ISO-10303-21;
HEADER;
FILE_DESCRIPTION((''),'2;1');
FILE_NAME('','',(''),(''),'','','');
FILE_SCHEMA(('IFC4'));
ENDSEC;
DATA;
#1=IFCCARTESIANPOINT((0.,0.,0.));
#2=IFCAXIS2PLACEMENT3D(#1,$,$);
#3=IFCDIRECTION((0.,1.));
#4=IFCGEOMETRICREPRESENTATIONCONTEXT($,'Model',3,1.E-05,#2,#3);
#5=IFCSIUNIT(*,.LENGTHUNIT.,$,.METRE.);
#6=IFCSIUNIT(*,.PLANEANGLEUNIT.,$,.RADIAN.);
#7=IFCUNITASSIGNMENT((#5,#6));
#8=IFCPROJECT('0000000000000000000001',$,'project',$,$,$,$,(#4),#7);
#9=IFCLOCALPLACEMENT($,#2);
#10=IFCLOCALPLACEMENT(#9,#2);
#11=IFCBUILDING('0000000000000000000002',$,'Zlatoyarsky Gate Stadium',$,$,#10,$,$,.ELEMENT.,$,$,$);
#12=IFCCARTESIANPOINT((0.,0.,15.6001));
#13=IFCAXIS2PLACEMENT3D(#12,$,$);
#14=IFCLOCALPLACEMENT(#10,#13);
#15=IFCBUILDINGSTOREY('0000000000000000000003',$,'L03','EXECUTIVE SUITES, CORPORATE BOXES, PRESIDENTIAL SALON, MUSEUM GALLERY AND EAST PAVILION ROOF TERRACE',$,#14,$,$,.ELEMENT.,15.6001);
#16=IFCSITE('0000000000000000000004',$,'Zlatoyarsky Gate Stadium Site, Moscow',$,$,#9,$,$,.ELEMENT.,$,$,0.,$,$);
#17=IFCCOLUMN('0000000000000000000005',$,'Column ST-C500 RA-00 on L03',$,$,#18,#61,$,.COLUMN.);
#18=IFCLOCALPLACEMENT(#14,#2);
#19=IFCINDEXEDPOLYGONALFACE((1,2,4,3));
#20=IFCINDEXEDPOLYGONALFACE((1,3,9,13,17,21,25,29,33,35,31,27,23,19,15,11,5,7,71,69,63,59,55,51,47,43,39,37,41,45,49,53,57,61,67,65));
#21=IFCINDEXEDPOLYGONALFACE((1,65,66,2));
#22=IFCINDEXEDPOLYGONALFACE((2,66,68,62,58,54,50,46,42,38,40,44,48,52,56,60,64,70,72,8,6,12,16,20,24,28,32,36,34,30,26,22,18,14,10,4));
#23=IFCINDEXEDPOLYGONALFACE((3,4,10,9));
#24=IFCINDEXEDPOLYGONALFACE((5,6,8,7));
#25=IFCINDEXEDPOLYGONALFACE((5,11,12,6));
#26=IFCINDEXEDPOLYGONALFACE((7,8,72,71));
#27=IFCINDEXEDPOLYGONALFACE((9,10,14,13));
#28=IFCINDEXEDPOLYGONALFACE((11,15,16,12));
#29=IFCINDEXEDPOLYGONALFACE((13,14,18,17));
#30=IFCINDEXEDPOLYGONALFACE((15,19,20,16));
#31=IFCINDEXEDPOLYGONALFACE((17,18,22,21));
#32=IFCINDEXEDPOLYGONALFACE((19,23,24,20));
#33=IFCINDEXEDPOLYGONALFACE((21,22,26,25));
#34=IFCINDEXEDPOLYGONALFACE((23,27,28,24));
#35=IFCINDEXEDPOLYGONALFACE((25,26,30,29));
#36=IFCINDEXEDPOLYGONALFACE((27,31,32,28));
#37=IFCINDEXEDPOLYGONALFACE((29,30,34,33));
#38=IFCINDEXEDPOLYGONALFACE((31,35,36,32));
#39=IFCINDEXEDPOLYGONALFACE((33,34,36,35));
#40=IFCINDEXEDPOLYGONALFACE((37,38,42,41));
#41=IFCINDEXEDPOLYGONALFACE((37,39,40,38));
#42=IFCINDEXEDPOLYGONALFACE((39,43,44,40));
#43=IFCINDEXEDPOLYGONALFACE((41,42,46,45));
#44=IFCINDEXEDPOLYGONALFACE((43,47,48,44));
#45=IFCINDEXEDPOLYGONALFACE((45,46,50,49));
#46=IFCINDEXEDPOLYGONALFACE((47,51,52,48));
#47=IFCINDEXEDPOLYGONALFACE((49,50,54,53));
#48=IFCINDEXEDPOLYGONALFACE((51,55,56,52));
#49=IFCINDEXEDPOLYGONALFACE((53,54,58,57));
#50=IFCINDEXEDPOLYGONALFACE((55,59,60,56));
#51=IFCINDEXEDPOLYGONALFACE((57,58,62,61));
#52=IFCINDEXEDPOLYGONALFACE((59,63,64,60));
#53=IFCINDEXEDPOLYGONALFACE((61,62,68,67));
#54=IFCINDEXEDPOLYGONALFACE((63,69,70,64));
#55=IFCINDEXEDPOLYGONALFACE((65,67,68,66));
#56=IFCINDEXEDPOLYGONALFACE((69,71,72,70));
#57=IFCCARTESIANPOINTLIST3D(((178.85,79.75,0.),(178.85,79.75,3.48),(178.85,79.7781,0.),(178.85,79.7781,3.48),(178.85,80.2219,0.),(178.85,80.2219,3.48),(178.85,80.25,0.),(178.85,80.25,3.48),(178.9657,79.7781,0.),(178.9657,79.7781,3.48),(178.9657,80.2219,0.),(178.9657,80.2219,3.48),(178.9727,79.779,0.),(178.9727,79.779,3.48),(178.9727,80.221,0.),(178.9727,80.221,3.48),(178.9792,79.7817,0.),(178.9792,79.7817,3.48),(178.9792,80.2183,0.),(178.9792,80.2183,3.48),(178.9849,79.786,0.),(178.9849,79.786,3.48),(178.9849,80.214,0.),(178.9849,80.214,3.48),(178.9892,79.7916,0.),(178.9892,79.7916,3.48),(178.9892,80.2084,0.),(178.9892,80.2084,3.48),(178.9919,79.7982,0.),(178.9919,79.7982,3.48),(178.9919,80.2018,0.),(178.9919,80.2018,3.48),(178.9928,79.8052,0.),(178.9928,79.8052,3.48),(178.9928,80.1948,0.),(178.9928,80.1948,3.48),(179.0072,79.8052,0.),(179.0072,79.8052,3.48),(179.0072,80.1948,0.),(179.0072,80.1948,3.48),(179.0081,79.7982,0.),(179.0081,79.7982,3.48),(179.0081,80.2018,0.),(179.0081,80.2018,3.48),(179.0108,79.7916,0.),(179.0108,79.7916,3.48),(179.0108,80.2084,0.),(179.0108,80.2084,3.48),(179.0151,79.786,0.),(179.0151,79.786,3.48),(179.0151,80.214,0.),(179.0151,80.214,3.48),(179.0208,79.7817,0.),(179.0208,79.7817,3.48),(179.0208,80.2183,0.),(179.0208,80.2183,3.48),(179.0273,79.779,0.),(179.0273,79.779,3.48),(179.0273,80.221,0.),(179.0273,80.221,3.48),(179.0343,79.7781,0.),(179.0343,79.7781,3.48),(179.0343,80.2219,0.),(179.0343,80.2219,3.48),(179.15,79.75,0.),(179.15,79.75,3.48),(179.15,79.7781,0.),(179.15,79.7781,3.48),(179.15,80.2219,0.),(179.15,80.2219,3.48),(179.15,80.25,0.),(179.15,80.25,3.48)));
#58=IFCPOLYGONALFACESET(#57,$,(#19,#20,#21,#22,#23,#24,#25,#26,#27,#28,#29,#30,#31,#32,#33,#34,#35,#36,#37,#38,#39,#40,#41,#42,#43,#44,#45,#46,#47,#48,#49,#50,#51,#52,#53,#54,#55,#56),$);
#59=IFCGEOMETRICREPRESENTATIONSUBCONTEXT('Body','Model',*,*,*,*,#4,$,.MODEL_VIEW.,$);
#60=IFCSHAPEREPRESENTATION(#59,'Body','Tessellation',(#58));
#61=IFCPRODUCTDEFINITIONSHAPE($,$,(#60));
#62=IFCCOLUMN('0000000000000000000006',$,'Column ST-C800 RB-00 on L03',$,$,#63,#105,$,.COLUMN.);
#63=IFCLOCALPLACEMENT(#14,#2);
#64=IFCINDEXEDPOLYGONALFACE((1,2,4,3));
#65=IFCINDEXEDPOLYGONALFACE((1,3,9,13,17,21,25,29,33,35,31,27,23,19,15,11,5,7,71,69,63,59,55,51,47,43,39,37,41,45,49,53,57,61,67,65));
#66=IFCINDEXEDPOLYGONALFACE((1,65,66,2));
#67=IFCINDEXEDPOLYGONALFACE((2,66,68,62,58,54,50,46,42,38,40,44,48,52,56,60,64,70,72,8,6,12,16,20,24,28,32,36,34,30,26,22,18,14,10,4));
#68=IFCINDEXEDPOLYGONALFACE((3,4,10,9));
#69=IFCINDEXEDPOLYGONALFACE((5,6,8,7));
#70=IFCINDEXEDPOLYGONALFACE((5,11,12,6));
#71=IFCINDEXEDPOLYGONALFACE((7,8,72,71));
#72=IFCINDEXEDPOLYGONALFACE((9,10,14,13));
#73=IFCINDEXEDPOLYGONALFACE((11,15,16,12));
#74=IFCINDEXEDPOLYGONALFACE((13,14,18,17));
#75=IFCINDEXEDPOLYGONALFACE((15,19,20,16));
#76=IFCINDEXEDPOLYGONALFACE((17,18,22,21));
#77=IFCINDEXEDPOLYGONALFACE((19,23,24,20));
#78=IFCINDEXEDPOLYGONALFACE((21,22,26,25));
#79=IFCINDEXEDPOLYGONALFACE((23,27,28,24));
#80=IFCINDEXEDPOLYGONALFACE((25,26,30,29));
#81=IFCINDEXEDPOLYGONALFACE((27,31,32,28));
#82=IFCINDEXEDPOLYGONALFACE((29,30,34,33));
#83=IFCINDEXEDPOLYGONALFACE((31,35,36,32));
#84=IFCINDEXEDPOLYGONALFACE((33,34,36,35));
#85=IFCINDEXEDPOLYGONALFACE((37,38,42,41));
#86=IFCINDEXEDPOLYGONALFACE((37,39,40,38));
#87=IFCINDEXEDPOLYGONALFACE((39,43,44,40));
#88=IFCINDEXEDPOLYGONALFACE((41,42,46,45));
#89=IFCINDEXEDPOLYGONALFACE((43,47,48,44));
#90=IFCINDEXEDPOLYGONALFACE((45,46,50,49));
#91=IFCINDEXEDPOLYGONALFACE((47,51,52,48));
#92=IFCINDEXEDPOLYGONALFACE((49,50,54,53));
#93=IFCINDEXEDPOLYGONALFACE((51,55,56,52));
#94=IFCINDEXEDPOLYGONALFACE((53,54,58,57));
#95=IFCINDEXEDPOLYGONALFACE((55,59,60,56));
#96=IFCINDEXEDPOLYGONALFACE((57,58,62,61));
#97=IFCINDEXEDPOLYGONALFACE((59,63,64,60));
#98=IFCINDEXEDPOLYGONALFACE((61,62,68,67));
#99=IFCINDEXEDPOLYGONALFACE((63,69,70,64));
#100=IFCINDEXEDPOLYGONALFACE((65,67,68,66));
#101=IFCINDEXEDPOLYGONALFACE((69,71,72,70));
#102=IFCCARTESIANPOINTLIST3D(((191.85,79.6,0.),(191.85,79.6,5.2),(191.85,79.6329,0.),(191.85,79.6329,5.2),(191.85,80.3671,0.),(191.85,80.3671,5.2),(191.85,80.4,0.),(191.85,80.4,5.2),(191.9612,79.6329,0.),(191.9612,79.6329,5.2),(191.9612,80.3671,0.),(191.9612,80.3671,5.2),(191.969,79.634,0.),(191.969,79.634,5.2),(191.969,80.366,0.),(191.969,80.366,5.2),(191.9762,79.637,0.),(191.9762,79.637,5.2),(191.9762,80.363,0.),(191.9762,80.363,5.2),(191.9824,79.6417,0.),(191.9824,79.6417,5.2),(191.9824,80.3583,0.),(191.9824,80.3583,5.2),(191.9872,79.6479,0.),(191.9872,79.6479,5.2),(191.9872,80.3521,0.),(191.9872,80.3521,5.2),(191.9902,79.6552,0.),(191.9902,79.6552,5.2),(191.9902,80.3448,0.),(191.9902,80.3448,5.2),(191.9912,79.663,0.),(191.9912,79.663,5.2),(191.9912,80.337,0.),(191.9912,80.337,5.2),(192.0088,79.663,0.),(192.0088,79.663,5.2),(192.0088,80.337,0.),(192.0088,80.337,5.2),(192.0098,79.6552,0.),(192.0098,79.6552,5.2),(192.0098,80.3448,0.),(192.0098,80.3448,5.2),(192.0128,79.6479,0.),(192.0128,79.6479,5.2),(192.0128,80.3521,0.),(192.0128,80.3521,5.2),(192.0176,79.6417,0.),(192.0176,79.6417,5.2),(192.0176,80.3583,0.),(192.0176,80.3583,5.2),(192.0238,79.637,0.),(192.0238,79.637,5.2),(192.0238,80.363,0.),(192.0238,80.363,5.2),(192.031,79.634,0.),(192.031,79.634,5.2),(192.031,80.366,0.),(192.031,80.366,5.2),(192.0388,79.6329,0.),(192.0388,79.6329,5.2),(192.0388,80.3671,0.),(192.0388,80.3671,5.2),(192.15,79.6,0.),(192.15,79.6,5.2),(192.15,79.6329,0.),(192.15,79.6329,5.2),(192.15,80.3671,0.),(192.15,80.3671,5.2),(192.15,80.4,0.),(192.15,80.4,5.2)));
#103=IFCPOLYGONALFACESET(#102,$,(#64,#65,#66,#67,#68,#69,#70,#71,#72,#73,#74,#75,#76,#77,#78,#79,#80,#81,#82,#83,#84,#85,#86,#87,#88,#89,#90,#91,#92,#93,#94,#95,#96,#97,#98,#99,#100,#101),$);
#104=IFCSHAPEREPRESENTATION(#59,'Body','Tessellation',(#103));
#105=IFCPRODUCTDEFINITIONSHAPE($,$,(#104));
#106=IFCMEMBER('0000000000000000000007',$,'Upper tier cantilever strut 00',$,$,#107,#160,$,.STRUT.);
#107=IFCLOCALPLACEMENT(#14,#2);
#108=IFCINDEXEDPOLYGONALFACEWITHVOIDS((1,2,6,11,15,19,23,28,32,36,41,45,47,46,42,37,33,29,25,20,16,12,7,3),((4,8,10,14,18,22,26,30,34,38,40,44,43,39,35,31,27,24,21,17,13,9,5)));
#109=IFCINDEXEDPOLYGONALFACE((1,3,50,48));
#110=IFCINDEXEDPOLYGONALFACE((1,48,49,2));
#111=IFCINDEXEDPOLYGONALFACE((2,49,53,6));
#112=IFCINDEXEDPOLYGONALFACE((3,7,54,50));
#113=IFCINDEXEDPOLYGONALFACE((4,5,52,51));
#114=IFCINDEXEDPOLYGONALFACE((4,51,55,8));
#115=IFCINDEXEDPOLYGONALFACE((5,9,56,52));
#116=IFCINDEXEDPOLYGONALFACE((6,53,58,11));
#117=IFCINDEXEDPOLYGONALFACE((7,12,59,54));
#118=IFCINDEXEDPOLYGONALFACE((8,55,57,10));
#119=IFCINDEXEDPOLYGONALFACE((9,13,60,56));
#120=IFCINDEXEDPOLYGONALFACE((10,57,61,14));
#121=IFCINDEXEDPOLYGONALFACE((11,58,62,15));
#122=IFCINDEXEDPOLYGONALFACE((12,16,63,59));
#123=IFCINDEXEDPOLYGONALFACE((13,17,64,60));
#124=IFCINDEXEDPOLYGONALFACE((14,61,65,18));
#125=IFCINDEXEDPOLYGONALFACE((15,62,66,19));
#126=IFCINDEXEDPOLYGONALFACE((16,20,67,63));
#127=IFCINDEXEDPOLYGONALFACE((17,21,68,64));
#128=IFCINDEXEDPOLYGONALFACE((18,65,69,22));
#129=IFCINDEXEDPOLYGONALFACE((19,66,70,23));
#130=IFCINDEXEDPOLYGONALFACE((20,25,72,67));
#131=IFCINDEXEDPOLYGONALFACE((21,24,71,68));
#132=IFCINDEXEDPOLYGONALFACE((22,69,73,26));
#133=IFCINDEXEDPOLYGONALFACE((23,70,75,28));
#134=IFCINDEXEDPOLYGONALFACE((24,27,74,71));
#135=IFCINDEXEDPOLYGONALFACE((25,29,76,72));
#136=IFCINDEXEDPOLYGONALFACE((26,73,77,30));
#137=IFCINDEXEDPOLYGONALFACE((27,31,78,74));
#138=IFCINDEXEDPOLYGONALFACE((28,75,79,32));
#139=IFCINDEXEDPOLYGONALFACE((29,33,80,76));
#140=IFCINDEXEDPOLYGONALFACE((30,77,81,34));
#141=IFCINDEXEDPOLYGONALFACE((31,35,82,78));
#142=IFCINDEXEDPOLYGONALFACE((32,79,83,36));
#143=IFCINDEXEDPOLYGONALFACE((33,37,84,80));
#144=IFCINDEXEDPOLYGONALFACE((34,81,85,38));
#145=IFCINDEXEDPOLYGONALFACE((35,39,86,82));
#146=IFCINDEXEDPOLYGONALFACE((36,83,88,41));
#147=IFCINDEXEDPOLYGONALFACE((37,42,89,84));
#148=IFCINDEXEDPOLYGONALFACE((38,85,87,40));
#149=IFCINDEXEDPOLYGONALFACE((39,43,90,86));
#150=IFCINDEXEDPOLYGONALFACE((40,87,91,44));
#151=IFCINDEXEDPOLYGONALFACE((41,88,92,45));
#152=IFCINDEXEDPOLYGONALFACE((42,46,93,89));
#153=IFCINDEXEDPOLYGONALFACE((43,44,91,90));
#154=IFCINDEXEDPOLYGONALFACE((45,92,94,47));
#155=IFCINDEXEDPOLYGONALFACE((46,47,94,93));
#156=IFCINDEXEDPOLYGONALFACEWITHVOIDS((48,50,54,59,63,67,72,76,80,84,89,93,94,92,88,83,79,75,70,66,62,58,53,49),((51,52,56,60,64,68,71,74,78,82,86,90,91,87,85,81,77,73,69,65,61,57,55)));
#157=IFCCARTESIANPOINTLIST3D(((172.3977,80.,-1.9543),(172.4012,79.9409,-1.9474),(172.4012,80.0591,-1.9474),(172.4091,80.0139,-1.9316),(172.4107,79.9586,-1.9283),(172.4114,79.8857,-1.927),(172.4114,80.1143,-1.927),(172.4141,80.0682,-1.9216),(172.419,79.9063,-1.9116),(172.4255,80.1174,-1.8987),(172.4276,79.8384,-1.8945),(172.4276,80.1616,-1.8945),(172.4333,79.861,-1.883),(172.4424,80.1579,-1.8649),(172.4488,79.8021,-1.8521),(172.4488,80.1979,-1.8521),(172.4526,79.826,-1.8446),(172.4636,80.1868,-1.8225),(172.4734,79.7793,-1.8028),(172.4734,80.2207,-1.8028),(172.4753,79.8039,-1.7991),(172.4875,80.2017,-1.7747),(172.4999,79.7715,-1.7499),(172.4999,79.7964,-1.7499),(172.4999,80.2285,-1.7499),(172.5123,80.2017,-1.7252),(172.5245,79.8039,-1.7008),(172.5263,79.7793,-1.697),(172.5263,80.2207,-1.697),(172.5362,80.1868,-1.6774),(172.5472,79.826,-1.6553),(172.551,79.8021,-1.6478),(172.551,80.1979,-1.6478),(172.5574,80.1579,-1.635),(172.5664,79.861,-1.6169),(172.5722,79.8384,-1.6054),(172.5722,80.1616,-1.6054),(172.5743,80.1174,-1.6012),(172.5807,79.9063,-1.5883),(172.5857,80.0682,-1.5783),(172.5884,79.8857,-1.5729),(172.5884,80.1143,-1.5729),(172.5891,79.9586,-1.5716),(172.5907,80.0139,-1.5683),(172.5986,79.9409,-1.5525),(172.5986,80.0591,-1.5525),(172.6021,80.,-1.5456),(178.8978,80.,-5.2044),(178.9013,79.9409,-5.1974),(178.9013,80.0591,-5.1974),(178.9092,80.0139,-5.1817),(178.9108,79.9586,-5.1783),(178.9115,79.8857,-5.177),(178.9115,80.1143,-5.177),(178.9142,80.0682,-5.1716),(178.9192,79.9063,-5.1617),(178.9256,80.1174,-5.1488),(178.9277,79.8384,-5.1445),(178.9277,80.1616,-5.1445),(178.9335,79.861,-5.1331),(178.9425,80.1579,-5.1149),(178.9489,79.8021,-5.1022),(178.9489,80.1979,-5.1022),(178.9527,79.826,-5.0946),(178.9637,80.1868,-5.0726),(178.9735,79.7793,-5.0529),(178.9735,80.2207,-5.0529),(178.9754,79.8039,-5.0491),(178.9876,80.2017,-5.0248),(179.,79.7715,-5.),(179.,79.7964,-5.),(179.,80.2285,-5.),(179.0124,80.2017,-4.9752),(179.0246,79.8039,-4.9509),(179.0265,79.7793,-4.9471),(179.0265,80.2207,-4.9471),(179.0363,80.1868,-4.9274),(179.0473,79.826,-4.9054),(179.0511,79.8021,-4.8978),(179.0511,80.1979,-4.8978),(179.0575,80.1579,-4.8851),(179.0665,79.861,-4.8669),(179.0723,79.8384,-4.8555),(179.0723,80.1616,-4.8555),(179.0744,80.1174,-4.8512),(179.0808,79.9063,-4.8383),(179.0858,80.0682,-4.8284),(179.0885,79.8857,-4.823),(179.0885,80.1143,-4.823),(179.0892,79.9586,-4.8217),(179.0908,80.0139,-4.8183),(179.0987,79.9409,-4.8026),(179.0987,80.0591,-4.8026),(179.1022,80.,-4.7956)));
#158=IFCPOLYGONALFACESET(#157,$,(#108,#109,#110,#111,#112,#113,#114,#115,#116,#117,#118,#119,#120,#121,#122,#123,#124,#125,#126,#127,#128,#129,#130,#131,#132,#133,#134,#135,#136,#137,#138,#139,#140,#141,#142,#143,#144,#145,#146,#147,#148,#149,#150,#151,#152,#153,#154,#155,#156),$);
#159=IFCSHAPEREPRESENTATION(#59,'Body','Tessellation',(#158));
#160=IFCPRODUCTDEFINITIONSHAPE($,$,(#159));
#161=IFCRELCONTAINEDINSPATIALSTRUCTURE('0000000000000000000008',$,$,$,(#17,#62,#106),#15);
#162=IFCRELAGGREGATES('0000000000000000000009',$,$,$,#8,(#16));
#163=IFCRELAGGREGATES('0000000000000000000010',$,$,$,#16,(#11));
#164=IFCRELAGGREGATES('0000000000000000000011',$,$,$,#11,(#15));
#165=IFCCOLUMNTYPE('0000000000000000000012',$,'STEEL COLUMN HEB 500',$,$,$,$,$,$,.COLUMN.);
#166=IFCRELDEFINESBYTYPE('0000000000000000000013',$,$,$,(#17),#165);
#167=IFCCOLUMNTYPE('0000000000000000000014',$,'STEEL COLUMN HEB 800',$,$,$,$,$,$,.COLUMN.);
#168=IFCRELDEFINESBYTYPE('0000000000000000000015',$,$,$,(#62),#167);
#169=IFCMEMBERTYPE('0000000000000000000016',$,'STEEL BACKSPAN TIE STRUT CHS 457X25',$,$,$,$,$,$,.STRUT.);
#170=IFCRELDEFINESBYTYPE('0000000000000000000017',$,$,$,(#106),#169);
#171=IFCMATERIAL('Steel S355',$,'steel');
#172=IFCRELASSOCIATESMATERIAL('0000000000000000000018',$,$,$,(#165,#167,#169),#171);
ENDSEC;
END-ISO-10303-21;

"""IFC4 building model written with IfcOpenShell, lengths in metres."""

from ifc_helpers import new_model, si_unit, direction, frame, origin, origin_2d, place, context, subcontext, project, spatial, hollow_circle, i_section, extrude, material, material_profile, profile_set, type_object, element, save


model = new_model("IFC4")

# Units and contexts
model_context = context("Model", 3, precision=1e-05, world=origin(), true_north=direction((0.0, 1.0)))
body_context = subcontext(model_context, "Body", "Model", "MODEL_VIEW")
ifc_project = project(units=[si_unit("LENGTHUNIT", "METRE"), si_unit("PLANEANGLEUNIT", "RADIAN")], contexts=[model_context])

# Site, building, storey
site_placement = place(None, origin())
site = spatial("IfcSite", under=ifc_project, at=site_placement, Name="Zlatoyarsky Gate Stadium Site, Moscow", CompositionType="ELEMENT", RefElevation=0.0)
building_placement = place(site_placement, origin())
building = spatial("IfcBuilding", under=site, at=building_placement, Name="Zlatoyarsky Gate Stadium", CompositionType="ELEMENT")
storey_placement = place(building_placement, frame((0.0, 0.0, 15.6001)))
storey = spatial("IfcBuildingStorey", under=building, at=storey_placement, Name="L03", Description="EXECUTIVE SUITES, CORPORATE BOXES, PRESIDENTIAL SALON, MUSEUM GALLERY AND EAST PAVILION ROOF TERRACE", CompositionType="ELEMENT", Elevation=15.6001)

# Columns
ifc_material_1 = material(Name="Steel S355", Category="steel")
ifc_material_profile_1 = material_profile(ifc_material_1, i_section(OverallWidth=0.3, OverallDepth=0.5, WebThickness=0.0144, FlangeThickness=0.0281, FilletRadius=0.0271, at=origin_2d()), Name="HEB 500")
ifc_profile_set_1 = profile_set([ifc_material_profile_1], Name="Steel S355")
column_type_1 = type_object("IfcColumnType", Name="STEEL COLUMN HEB 500", PredefinedType="COLUMN", material=ifc_profile_set_1)
column_1_placement = place(storey_placement, frame((179.0, 80.0, 0.0), z_axis=(0.0, 0.0, 1.0), x_axis=(1.0, 0.0, 0.0)))
element("IfcColumn", 1, at=column_1_placement, inside=storey, type_object=column_type_1, Name="Column ST-C500 RA-00 on L03", PredefinedType="COLUMN", context=body_context, shape_type="SweptSolid", body=[
    extrude(i_section(OverallWidth=0.3, OverallDepth=0.5, WebThickness=0.0144, FlangeThickness=0.0281, FilletRadius=0.0271, at=origin_2d()), origin(), (0.0, 0.0, 1.0), 3.48),
])
ifc_material_profile_2 = material_profile(ifc_material_1, i_section(OverallWidth=0.3, OverallDepth=0.8, WebThickness=0.0176, FlangeThickness=0.033, FilletRadius=0.03, at=origin_2d()), Name="HEB 800")
ifc_profile_set_2 = profile_set([ifc_material_profile_2], Name="Steel S355")
column_type_2 = type_object("IfcColumnType", Name="STEEL COLUMN HEB 800", PredefinedType="COLUMN", material=ifc_profile_set_2)
column_2_placement = place(storey_placement, frame((192.0, 80.0, 0.0), z_axis=(0.0, 0.0, 1.0), x_axis=(1.0, 0.0, 0.0)))
element("IfcColumn", 2, at=column_2_placement, inside=storey, type_object=column_type_2, Name="Column ST-C800 RB-00 on L03", PredefinedType="COLUMN", context=body_context, shape_type="SweptSolid", body=[
    extrude(i_section(OverallWidth=0.3, OverallDepth=0.8, WebThickness=0.0176, FlangeThickness=0.033, FilletRadius=0.03, at=origin_2d()), origin(), (0.0, 0.0, 1.0), 5.2),
])

# Member
ifc_material_profile_3 = material_profile(ifc_material_1, hollow_circle(Radius=0.2285, WallThickness=0.0249, at=origin_2d()), Name="CHS 457X25")
ifc_profile_set_3 = profile_set([ifc_material_profile_3], Name="Steel S355")
member_type = type_object("IfcMemberType", Name="STEEL BACKSPAN TIE STRUT CHS 457X25", PredefinedType="STRUT", material=ifc_profile_set_3)
member_placement = place(storey_placement, frame((179.0, 80.0, -5.0), z_axis=(-0.894427, 0.0, 0.447214), x_axis=(0.0, -1.0, 0.0)))
element("IfcMember", 3, at=member_placement, inside=storey, type_object=member_type, Name="Upper tier cantilever strut 00", PredefinedType="STRUT", context=body_context, shape_type="SweptSolid", body=[
    extrude(hollow_circle(Radius=0.2285, WallThickness=0.0249, at=origin_2d()), origin(), (0.0, 0.0, 1.0), 7.2673),
])

save(model, "model.ifc")
